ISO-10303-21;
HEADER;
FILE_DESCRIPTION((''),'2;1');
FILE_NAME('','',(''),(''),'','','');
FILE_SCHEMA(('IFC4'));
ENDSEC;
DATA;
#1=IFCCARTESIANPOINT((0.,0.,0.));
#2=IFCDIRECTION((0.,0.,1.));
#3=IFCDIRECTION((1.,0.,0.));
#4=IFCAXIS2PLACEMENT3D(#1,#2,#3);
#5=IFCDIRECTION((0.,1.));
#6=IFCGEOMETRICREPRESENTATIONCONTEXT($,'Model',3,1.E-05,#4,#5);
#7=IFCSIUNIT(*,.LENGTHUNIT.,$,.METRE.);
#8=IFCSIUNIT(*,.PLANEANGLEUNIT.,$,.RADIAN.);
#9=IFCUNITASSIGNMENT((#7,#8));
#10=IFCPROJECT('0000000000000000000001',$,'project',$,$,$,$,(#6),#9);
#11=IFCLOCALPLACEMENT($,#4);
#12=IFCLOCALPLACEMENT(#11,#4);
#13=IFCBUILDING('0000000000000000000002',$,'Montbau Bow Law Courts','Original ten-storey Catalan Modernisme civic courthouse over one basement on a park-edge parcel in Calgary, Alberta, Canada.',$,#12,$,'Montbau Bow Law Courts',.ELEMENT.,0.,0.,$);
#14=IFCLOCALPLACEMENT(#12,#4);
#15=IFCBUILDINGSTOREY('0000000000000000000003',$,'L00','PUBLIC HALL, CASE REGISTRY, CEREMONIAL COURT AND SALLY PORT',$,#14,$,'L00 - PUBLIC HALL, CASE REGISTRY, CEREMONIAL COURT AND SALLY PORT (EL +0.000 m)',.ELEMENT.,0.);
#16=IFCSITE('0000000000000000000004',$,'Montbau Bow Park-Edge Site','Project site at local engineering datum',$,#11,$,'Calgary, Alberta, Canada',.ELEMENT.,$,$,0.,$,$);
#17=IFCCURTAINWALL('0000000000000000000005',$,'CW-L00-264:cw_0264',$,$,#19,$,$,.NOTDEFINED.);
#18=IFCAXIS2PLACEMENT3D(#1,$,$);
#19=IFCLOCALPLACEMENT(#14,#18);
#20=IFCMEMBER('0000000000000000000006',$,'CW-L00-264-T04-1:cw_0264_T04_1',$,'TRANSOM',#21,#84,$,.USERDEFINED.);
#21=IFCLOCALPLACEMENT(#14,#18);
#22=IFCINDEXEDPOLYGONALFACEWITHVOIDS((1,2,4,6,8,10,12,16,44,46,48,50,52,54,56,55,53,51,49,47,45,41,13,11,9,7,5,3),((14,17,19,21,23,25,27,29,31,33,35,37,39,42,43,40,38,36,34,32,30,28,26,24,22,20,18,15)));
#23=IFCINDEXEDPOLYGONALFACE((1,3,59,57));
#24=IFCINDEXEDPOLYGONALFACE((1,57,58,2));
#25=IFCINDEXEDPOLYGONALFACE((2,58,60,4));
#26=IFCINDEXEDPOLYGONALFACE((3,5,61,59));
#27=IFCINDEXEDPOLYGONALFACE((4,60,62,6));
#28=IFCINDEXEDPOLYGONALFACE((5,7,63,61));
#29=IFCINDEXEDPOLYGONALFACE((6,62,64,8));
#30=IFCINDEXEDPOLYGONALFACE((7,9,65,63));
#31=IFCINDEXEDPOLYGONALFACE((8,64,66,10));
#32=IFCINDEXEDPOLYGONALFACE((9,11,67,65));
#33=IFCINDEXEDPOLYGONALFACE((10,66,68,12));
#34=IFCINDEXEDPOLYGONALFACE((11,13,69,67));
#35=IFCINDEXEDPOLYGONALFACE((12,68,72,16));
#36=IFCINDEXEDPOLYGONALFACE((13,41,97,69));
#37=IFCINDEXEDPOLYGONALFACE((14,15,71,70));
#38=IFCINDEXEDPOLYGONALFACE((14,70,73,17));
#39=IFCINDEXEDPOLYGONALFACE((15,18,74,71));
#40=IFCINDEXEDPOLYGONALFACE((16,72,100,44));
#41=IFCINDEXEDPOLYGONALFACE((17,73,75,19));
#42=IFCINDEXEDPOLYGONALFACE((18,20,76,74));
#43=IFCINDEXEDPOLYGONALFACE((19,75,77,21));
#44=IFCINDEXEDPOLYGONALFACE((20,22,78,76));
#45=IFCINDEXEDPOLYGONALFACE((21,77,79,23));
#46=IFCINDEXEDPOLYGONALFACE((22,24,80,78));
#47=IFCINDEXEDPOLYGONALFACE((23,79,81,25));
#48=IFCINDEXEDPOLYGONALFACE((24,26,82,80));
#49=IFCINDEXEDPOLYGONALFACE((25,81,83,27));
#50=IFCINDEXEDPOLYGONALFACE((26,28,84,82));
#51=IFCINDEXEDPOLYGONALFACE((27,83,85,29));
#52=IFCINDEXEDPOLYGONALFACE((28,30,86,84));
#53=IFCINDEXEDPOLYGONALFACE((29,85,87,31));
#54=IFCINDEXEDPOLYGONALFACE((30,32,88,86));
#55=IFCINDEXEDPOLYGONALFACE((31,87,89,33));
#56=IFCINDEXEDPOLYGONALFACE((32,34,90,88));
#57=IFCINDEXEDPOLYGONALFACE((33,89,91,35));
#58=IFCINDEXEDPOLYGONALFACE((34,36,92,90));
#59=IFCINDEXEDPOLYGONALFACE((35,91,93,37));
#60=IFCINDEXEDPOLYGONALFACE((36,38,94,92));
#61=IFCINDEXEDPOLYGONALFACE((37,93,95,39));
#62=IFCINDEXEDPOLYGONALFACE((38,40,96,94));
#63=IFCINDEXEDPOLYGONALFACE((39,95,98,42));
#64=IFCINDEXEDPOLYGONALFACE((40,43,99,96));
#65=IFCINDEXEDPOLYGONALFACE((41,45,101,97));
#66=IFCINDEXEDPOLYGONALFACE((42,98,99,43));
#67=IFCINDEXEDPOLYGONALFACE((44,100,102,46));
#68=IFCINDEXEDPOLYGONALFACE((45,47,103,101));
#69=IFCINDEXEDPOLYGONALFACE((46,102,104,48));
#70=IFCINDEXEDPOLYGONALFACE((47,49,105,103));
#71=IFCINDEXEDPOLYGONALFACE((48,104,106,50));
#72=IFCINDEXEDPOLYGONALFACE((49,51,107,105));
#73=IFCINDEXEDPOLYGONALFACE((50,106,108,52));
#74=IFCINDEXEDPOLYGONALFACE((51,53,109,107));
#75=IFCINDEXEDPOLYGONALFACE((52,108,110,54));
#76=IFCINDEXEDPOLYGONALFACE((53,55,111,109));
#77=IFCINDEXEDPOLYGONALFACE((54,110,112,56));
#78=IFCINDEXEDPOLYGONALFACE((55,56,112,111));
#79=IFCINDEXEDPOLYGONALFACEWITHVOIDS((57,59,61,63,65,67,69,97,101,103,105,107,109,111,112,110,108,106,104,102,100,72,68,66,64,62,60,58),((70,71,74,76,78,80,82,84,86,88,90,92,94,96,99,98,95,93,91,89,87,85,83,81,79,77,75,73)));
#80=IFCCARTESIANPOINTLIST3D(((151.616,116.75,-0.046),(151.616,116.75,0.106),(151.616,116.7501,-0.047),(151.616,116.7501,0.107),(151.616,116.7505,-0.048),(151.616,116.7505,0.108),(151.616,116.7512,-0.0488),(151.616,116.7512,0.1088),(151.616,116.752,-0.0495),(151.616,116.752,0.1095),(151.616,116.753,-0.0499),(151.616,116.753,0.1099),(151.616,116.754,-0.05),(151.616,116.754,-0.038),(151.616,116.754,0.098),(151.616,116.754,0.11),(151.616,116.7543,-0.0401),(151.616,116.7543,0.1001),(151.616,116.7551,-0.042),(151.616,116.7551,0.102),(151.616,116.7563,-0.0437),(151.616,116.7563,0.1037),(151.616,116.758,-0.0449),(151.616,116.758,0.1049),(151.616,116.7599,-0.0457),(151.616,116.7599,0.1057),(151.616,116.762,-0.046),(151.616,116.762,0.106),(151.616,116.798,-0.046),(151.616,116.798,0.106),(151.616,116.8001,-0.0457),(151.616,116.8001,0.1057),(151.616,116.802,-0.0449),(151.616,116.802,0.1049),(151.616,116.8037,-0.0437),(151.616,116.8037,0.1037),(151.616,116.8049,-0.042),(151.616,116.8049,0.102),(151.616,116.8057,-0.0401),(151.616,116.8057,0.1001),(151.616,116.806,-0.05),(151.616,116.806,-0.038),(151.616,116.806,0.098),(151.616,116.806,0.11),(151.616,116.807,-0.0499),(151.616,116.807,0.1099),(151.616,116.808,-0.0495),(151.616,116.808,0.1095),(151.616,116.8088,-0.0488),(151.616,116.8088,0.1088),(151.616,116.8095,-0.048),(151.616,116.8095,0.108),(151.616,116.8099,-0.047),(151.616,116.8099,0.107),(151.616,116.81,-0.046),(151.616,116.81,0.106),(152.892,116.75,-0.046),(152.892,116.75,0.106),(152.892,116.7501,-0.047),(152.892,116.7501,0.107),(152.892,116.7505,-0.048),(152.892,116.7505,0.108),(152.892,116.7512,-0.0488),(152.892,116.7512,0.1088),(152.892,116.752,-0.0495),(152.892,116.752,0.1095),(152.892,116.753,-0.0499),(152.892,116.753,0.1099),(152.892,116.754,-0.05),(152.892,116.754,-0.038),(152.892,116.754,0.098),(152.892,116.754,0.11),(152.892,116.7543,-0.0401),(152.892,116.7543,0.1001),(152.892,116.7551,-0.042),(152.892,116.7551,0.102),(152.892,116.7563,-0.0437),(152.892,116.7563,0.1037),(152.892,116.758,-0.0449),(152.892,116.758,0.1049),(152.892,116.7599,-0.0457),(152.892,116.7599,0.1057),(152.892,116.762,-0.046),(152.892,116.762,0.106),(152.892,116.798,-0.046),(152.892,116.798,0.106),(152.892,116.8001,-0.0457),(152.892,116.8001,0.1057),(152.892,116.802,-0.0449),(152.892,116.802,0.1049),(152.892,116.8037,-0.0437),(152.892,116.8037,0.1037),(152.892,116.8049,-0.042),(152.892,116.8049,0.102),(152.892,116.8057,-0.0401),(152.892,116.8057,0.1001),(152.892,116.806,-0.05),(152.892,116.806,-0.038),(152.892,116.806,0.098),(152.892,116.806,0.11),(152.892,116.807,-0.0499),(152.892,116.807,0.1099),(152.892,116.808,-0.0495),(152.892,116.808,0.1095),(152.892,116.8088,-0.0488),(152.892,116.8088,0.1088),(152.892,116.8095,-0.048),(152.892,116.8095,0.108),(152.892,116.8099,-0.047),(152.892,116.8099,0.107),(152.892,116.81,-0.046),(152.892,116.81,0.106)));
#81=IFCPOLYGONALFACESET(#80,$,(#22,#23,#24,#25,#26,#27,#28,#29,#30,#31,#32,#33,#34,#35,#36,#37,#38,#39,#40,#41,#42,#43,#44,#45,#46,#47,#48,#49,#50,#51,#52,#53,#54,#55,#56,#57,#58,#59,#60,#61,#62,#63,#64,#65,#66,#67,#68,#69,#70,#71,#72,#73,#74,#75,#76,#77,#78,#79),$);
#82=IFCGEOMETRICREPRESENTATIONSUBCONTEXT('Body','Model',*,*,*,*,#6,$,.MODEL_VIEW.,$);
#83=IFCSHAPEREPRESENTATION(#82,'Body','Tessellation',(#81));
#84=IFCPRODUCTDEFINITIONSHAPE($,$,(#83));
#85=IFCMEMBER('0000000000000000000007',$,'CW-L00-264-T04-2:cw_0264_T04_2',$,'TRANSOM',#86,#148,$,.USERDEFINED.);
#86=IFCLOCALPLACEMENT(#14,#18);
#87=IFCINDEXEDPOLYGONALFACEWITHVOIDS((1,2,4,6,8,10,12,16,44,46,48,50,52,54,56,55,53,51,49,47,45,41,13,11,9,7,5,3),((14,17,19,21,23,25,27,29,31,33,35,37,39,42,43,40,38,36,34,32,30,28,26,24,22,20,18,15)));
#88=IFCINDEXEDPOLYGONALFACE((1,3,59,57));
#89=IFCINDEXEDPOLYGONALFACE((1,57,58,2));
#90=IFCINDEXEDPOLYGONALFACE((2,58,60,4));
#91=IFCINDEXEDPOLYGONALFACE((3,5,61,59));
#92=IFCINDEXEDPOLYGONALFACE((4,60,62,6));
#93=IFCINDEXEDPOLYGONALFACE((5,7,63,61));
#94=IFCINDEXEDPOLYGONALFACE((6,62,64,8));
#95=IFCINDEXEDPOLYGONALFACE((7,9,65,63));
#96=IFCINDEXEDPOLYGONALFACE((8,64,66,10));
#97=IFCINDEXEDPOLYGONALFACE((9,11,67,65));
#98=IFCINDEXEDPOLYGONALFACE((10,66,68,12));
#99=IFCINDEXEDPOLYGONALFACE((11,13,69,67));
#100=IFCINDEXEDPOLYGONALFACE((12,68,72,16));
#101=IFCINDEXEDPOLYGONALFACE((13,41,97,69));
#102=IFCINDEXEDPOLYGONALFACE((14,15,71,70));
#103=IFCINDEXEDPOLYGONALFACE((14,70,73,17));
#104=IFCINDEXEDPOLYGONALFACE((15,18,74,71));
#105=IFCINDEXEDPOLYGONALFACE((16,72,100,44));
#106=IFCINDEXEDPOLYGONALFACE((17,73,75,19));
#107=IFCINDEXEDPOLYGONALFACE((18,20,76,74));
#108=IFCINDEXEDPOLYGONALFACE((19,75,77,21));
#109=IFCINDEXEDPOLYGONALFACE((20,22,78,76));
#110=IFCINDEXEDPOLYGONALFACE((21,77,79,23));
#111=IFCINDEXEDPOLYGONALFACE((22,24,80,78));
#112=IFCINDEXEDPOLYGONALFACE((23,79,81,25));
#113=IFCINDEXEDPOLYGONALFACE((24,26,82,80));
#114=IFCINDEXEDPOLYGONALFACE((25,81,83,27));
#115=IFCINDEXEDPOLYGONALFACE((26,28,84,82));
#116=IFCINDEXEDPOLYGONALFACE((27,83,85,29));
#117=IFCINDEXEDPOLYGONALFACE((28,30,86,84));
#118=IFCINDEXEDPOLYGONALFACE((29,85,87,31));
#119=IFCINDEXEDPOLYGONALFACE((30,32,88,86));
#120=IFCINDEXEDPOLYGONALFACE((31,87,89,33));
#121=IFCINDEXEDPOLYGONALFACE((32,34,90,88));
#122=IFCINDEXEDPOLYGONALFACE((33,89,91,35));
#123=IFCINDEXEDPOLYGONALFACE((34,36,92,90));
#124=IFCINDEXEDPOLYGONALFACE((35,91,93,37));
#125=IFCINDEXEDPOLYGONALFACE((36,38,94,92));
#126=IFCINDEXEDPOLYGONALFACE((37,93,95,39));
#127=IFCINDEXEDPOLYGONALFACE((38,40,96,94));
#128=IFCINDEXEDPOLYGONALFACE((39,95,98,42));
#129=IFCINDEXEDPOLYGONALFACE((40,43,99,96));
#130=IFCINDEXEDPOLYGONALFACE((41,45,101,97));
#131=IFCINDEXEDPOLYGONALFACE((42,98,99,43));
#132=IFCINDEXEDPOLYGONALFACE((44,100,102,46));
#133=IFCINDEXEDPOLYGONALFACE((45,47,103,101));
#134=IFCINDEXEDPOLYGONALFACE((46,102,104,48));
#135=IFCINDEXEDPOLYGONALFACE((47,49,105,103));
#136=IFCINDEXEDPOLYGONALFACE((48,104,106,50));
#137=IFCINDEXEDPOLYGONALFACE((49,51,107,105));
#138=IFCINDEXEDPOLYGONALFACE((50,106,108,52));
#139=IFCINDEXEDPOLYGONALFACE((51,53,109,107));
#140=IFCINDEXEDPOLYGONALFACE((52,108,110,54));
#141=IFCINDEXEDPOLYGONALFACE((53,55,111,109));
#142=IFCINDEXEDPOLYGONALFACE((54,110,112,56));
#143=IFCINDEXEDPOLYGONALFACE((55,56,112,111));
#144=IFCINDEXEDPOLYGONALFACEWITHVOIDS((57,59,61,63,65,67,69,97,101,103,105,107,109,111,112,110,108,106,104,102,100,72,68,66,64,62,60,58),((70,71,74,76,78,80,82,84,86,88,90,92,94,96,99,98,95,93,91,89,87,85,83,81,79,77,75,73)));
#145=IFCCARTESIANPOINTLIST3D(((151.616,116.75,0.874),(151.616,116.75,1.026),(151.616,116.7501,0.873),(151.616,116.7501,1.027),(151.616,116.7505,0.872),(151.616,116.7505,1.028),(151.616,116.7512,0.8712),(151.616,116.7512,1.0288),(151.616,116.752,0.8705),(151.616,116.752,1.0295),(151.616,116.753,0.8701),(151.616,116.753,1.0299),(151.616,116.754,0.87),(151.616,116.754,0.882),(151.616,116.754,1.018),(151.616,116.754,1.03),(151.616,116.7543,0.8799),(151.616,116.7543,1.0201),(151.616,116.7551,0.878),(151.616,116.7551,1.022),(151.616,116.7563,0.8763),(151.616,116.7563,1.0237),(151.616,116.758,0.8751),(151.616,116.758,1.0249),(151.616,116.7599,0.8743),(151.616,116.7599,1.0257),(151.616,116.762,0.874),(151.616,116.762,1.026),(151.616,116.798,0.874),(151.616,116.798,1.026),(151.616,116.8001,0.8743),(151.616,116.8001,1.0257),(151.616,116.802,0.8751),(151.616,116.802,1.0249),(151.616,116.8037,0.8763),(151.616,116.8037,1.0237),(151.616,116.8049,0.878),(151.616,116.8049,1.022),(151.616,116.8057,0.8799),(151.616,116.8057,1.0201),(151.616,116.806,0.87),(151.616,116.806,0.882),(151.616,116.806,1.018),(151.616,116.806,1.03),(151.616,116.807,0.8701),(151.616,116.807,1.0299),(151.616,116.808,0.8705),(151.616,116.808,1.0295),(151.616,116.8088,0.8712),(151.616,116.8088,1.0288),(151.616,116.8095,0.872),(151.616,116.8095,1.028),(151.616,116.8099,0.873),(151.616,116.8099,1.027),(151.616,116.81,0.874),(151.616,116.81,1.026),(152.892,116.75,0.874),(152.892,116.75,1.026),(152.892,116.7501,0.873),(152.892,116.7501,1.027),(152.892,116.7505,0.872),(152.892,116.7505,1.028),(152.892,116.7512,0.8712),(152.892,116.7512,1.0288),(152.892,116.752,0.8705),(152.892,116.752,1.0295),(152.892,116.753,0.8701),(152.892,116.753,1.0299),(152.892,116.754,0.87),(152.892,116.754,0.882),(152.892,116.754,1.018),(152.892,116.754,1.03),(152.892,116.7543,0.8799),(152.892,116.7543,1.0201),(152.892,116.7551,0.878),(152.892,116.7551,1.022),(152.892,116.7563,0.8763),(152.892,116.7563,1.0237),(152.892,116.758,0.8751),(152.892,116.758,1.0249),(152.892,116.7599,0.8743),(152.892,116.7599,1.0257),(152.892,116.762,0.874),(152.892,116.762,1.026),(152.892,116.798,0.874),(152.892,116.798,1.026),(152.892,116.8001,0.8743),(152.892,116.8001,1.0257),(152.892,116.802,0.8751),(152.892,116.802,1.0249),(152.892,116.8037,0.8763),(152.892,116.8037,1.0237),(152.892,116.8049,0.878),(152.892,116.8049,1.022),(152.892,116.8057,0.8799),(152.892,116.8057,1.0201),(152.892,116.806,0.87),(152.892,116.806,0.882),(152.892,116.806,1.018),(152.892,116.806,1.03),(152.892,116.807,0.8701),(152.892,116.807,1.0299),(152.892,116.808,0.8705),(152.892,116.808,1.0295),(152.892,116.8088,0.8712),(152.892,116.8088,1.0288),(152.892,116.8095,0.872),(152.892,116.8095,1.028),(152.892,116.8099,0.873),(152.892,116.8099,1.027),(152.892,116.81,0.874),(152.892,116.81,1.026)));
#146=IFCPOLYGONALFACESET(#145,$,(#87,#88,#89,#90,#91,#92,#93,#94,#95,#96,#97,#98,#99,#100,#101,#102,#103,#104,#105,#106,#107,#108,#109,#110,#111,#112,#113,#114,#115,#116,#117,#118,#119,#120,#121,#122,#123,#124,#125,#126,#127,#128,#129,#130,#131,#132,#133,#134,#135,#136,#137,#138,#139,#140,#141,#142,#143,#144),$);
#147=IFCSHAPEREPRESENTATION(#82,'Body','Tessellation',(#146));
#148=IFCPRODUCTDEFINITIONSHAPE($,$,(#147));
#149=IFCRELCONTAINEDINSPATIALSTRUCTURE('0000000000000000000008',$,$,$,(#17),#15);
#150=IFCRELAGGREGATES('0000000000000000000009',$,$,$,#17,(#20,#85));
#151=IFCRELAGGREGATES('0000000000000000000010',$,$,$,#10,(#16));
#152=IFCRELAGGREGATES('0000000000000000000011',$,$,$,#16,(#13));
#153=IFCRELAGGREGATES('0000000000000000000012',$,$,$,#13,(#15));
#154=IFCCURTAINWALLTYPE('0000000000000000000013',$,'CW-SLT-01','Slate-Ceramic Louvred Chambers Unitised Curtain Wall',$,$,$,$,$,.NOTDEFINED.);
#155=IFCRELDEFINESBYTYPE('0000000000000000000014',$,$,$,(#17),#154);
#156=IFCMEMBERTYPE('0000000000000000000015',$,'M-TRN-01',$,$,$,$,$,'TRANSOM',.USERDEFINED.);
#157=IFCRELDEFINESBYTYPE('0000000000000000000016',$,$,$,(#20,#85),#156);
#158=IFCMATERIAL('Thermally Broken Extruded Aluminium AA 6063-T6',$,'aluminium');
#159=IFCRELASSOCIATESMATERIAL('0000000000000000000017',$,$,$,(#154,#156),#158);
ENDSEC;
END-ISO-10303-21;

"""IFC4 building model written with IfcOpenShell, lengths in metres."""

from ifc_helpers import new_model, si_unit, direction, frame, origin_with_axes, origin_2d_with_axis, place, context, subcontext, project, spatial, hollow_rectangle, extrude, material, material_profile, profile_set, type_object, element, aggregate, save


model = new_model("IFC4")

# Units and contexts
model_context = context("Model", 3, precision=1e-05, world=origin_with_axes(), true_north=direction((0.0, 1.0)))
body_context = subcontext(model_context, "Body", "Model", "MODEL_VIEW")
ifc_project = project(units=[si_unit("LENGTHUNIT", "METRE"), si_unit("PLANEANGLEUNIT", "RADIAN")], contexts=[model_context])

# Site, building, storey
site_placement = place(None, origin_with_axes())
site = spatial("IfcSite", under=ifc_project, at=site_placement, Name="Montbau Bow Park-Edge Site", Description="Project site at local engineering datum", LongName="Calgary, Alberta, Canada", CompositionType="ELEMENT", RefElevation=0.0)
building_placement = place(site_placement, origin_with_axes())
building = spatial("IfcBuilding", under=site, at=building_placement, Name="Montbau Bow Law Courts", Description="Original ten-storey Catalan Modernisme civic courthouse over one basement on a park-edge parcel in Calgary, Alberta, Canada.", LongName="Montbau Bow Law Courts", CompositionType="ELEMENT", ElevationOfRefHeight=0.0, ElevationOfTerrain=0.0)
storey_placement = place(building_placement, origin_with_axes())
storey = spatial("IfcBuildingStorey", under=building, at=storey_placement, Name="L00", Description="PUBLIC HALL, CASE REGISTRY, CEREMONIAL COURT AND SALLY PORT", LongName="L00 - PUBLIC HALL, CASE REGISTRY, CEREMONIAL COURT AND SALLY PORT (EL +0.000 m)", CompositionType="ELEMENT", Elevation=0.0)

# Curtain wall, members
ifc_material_1 = material(Name="Thermally Broken Extruded Aluminium AA 6063-T6", Category="aluminium")
curtain_wall_type = type_object("IfcCurtainWallType", Name="CW-SLT-01", Description="Slate-Ceramic Louvred Chambers Unitised Curtain Wall", PredefinedType="NOTDEFINED", material=ifc_material_1)
curtain_wall_placement = place(None, frame((147.515, 116.78, 0.0), z_axis=(0.0, 0.0, 1.0), x_axis=(1.0, 0.0, 0.0)))
curtain_wall = element("IfcCurtainWall", 1, at=curtain_wall_placement, inside=storey, type_object=curtain_wall_type, Name="CW-L00-264:cw_0264", PredefinedType="NOTDEFINED")
ifc_material_profile_1 = material_profile(ifc_material_1, hollow_rectangle(XDim=0.06, YDim=0.16, WallThickness=0.004, InnerFilletRadius=0.008, OuterFilletRadius=0.004, at=origin_2d_with_axis()), Name="CWT-160X60", Category="Main", Priority=0)
ifc_profile_set_1 = profile_set([ifc_material_profile_1], Name="Thermally Broken Extruded Aluminium AA 6063-T6")
member_type_1 = type_object("IfcMemberType", Name="M-TRN-01", ElementType="TRANSOM", PredefinedType="USERDEFINED", material=ifc_profile_set_1)
member_1_placement = place(None, frame((151.616, 116.78, 0.03), z_axis=(1.0, 0.0, 0.0), x_axis=(0.0, 1.0, 0.0)))
member_1 = element("IfcMember", 2, at=member_1_placement, type_object=member_type_1, Name="CW-L00-264-T04-1:cw_0264_T04_1", ObjectType="TRANSOM", PredefinedType="USERDEFINED", context=body_context, shape_type="SweptSolid", body=[
    extrude(hollow_rectangle(XDim=0.06, YDim=0.16, WallThickness=0.004, InnerFilletRadius=0.008, OuterFilletRadius=0.004, at=origin_2d_with_axis()), origin_with_axes(), (0.0, 0.0, 1.0), 1.276),
])
member_2_placement = place(None, frame((151.616, 116.78, 0.95), z_axis=(1.0, 0.0, 0.0), x_axis=(0.0, 1.0, 0.0)))
member_2 = element("IfcMember", 3, at=member_2_placement, type_object=member_type_1, Name="CW-L00-264-T04-2:cw_0264_T04_2", ObjectType="TRANSOM", PredefinedType="USERDEFINED", context=body_context, shape_type="SweptSolid", body=[
    extrude(hollow_rectangle(XDim=0.06, YDim=0.16, WallThickness=0.004, InnerFilletRadius=0.008, OuterFilletRadius=0.004, at=origin_2d_with_axis()), origin_with_axes(), (0.0, 0.0, 1.0), 1.276),
])
aggregate(curtain_wall, [member_1, member_2])

save(model, "model.ifc")
